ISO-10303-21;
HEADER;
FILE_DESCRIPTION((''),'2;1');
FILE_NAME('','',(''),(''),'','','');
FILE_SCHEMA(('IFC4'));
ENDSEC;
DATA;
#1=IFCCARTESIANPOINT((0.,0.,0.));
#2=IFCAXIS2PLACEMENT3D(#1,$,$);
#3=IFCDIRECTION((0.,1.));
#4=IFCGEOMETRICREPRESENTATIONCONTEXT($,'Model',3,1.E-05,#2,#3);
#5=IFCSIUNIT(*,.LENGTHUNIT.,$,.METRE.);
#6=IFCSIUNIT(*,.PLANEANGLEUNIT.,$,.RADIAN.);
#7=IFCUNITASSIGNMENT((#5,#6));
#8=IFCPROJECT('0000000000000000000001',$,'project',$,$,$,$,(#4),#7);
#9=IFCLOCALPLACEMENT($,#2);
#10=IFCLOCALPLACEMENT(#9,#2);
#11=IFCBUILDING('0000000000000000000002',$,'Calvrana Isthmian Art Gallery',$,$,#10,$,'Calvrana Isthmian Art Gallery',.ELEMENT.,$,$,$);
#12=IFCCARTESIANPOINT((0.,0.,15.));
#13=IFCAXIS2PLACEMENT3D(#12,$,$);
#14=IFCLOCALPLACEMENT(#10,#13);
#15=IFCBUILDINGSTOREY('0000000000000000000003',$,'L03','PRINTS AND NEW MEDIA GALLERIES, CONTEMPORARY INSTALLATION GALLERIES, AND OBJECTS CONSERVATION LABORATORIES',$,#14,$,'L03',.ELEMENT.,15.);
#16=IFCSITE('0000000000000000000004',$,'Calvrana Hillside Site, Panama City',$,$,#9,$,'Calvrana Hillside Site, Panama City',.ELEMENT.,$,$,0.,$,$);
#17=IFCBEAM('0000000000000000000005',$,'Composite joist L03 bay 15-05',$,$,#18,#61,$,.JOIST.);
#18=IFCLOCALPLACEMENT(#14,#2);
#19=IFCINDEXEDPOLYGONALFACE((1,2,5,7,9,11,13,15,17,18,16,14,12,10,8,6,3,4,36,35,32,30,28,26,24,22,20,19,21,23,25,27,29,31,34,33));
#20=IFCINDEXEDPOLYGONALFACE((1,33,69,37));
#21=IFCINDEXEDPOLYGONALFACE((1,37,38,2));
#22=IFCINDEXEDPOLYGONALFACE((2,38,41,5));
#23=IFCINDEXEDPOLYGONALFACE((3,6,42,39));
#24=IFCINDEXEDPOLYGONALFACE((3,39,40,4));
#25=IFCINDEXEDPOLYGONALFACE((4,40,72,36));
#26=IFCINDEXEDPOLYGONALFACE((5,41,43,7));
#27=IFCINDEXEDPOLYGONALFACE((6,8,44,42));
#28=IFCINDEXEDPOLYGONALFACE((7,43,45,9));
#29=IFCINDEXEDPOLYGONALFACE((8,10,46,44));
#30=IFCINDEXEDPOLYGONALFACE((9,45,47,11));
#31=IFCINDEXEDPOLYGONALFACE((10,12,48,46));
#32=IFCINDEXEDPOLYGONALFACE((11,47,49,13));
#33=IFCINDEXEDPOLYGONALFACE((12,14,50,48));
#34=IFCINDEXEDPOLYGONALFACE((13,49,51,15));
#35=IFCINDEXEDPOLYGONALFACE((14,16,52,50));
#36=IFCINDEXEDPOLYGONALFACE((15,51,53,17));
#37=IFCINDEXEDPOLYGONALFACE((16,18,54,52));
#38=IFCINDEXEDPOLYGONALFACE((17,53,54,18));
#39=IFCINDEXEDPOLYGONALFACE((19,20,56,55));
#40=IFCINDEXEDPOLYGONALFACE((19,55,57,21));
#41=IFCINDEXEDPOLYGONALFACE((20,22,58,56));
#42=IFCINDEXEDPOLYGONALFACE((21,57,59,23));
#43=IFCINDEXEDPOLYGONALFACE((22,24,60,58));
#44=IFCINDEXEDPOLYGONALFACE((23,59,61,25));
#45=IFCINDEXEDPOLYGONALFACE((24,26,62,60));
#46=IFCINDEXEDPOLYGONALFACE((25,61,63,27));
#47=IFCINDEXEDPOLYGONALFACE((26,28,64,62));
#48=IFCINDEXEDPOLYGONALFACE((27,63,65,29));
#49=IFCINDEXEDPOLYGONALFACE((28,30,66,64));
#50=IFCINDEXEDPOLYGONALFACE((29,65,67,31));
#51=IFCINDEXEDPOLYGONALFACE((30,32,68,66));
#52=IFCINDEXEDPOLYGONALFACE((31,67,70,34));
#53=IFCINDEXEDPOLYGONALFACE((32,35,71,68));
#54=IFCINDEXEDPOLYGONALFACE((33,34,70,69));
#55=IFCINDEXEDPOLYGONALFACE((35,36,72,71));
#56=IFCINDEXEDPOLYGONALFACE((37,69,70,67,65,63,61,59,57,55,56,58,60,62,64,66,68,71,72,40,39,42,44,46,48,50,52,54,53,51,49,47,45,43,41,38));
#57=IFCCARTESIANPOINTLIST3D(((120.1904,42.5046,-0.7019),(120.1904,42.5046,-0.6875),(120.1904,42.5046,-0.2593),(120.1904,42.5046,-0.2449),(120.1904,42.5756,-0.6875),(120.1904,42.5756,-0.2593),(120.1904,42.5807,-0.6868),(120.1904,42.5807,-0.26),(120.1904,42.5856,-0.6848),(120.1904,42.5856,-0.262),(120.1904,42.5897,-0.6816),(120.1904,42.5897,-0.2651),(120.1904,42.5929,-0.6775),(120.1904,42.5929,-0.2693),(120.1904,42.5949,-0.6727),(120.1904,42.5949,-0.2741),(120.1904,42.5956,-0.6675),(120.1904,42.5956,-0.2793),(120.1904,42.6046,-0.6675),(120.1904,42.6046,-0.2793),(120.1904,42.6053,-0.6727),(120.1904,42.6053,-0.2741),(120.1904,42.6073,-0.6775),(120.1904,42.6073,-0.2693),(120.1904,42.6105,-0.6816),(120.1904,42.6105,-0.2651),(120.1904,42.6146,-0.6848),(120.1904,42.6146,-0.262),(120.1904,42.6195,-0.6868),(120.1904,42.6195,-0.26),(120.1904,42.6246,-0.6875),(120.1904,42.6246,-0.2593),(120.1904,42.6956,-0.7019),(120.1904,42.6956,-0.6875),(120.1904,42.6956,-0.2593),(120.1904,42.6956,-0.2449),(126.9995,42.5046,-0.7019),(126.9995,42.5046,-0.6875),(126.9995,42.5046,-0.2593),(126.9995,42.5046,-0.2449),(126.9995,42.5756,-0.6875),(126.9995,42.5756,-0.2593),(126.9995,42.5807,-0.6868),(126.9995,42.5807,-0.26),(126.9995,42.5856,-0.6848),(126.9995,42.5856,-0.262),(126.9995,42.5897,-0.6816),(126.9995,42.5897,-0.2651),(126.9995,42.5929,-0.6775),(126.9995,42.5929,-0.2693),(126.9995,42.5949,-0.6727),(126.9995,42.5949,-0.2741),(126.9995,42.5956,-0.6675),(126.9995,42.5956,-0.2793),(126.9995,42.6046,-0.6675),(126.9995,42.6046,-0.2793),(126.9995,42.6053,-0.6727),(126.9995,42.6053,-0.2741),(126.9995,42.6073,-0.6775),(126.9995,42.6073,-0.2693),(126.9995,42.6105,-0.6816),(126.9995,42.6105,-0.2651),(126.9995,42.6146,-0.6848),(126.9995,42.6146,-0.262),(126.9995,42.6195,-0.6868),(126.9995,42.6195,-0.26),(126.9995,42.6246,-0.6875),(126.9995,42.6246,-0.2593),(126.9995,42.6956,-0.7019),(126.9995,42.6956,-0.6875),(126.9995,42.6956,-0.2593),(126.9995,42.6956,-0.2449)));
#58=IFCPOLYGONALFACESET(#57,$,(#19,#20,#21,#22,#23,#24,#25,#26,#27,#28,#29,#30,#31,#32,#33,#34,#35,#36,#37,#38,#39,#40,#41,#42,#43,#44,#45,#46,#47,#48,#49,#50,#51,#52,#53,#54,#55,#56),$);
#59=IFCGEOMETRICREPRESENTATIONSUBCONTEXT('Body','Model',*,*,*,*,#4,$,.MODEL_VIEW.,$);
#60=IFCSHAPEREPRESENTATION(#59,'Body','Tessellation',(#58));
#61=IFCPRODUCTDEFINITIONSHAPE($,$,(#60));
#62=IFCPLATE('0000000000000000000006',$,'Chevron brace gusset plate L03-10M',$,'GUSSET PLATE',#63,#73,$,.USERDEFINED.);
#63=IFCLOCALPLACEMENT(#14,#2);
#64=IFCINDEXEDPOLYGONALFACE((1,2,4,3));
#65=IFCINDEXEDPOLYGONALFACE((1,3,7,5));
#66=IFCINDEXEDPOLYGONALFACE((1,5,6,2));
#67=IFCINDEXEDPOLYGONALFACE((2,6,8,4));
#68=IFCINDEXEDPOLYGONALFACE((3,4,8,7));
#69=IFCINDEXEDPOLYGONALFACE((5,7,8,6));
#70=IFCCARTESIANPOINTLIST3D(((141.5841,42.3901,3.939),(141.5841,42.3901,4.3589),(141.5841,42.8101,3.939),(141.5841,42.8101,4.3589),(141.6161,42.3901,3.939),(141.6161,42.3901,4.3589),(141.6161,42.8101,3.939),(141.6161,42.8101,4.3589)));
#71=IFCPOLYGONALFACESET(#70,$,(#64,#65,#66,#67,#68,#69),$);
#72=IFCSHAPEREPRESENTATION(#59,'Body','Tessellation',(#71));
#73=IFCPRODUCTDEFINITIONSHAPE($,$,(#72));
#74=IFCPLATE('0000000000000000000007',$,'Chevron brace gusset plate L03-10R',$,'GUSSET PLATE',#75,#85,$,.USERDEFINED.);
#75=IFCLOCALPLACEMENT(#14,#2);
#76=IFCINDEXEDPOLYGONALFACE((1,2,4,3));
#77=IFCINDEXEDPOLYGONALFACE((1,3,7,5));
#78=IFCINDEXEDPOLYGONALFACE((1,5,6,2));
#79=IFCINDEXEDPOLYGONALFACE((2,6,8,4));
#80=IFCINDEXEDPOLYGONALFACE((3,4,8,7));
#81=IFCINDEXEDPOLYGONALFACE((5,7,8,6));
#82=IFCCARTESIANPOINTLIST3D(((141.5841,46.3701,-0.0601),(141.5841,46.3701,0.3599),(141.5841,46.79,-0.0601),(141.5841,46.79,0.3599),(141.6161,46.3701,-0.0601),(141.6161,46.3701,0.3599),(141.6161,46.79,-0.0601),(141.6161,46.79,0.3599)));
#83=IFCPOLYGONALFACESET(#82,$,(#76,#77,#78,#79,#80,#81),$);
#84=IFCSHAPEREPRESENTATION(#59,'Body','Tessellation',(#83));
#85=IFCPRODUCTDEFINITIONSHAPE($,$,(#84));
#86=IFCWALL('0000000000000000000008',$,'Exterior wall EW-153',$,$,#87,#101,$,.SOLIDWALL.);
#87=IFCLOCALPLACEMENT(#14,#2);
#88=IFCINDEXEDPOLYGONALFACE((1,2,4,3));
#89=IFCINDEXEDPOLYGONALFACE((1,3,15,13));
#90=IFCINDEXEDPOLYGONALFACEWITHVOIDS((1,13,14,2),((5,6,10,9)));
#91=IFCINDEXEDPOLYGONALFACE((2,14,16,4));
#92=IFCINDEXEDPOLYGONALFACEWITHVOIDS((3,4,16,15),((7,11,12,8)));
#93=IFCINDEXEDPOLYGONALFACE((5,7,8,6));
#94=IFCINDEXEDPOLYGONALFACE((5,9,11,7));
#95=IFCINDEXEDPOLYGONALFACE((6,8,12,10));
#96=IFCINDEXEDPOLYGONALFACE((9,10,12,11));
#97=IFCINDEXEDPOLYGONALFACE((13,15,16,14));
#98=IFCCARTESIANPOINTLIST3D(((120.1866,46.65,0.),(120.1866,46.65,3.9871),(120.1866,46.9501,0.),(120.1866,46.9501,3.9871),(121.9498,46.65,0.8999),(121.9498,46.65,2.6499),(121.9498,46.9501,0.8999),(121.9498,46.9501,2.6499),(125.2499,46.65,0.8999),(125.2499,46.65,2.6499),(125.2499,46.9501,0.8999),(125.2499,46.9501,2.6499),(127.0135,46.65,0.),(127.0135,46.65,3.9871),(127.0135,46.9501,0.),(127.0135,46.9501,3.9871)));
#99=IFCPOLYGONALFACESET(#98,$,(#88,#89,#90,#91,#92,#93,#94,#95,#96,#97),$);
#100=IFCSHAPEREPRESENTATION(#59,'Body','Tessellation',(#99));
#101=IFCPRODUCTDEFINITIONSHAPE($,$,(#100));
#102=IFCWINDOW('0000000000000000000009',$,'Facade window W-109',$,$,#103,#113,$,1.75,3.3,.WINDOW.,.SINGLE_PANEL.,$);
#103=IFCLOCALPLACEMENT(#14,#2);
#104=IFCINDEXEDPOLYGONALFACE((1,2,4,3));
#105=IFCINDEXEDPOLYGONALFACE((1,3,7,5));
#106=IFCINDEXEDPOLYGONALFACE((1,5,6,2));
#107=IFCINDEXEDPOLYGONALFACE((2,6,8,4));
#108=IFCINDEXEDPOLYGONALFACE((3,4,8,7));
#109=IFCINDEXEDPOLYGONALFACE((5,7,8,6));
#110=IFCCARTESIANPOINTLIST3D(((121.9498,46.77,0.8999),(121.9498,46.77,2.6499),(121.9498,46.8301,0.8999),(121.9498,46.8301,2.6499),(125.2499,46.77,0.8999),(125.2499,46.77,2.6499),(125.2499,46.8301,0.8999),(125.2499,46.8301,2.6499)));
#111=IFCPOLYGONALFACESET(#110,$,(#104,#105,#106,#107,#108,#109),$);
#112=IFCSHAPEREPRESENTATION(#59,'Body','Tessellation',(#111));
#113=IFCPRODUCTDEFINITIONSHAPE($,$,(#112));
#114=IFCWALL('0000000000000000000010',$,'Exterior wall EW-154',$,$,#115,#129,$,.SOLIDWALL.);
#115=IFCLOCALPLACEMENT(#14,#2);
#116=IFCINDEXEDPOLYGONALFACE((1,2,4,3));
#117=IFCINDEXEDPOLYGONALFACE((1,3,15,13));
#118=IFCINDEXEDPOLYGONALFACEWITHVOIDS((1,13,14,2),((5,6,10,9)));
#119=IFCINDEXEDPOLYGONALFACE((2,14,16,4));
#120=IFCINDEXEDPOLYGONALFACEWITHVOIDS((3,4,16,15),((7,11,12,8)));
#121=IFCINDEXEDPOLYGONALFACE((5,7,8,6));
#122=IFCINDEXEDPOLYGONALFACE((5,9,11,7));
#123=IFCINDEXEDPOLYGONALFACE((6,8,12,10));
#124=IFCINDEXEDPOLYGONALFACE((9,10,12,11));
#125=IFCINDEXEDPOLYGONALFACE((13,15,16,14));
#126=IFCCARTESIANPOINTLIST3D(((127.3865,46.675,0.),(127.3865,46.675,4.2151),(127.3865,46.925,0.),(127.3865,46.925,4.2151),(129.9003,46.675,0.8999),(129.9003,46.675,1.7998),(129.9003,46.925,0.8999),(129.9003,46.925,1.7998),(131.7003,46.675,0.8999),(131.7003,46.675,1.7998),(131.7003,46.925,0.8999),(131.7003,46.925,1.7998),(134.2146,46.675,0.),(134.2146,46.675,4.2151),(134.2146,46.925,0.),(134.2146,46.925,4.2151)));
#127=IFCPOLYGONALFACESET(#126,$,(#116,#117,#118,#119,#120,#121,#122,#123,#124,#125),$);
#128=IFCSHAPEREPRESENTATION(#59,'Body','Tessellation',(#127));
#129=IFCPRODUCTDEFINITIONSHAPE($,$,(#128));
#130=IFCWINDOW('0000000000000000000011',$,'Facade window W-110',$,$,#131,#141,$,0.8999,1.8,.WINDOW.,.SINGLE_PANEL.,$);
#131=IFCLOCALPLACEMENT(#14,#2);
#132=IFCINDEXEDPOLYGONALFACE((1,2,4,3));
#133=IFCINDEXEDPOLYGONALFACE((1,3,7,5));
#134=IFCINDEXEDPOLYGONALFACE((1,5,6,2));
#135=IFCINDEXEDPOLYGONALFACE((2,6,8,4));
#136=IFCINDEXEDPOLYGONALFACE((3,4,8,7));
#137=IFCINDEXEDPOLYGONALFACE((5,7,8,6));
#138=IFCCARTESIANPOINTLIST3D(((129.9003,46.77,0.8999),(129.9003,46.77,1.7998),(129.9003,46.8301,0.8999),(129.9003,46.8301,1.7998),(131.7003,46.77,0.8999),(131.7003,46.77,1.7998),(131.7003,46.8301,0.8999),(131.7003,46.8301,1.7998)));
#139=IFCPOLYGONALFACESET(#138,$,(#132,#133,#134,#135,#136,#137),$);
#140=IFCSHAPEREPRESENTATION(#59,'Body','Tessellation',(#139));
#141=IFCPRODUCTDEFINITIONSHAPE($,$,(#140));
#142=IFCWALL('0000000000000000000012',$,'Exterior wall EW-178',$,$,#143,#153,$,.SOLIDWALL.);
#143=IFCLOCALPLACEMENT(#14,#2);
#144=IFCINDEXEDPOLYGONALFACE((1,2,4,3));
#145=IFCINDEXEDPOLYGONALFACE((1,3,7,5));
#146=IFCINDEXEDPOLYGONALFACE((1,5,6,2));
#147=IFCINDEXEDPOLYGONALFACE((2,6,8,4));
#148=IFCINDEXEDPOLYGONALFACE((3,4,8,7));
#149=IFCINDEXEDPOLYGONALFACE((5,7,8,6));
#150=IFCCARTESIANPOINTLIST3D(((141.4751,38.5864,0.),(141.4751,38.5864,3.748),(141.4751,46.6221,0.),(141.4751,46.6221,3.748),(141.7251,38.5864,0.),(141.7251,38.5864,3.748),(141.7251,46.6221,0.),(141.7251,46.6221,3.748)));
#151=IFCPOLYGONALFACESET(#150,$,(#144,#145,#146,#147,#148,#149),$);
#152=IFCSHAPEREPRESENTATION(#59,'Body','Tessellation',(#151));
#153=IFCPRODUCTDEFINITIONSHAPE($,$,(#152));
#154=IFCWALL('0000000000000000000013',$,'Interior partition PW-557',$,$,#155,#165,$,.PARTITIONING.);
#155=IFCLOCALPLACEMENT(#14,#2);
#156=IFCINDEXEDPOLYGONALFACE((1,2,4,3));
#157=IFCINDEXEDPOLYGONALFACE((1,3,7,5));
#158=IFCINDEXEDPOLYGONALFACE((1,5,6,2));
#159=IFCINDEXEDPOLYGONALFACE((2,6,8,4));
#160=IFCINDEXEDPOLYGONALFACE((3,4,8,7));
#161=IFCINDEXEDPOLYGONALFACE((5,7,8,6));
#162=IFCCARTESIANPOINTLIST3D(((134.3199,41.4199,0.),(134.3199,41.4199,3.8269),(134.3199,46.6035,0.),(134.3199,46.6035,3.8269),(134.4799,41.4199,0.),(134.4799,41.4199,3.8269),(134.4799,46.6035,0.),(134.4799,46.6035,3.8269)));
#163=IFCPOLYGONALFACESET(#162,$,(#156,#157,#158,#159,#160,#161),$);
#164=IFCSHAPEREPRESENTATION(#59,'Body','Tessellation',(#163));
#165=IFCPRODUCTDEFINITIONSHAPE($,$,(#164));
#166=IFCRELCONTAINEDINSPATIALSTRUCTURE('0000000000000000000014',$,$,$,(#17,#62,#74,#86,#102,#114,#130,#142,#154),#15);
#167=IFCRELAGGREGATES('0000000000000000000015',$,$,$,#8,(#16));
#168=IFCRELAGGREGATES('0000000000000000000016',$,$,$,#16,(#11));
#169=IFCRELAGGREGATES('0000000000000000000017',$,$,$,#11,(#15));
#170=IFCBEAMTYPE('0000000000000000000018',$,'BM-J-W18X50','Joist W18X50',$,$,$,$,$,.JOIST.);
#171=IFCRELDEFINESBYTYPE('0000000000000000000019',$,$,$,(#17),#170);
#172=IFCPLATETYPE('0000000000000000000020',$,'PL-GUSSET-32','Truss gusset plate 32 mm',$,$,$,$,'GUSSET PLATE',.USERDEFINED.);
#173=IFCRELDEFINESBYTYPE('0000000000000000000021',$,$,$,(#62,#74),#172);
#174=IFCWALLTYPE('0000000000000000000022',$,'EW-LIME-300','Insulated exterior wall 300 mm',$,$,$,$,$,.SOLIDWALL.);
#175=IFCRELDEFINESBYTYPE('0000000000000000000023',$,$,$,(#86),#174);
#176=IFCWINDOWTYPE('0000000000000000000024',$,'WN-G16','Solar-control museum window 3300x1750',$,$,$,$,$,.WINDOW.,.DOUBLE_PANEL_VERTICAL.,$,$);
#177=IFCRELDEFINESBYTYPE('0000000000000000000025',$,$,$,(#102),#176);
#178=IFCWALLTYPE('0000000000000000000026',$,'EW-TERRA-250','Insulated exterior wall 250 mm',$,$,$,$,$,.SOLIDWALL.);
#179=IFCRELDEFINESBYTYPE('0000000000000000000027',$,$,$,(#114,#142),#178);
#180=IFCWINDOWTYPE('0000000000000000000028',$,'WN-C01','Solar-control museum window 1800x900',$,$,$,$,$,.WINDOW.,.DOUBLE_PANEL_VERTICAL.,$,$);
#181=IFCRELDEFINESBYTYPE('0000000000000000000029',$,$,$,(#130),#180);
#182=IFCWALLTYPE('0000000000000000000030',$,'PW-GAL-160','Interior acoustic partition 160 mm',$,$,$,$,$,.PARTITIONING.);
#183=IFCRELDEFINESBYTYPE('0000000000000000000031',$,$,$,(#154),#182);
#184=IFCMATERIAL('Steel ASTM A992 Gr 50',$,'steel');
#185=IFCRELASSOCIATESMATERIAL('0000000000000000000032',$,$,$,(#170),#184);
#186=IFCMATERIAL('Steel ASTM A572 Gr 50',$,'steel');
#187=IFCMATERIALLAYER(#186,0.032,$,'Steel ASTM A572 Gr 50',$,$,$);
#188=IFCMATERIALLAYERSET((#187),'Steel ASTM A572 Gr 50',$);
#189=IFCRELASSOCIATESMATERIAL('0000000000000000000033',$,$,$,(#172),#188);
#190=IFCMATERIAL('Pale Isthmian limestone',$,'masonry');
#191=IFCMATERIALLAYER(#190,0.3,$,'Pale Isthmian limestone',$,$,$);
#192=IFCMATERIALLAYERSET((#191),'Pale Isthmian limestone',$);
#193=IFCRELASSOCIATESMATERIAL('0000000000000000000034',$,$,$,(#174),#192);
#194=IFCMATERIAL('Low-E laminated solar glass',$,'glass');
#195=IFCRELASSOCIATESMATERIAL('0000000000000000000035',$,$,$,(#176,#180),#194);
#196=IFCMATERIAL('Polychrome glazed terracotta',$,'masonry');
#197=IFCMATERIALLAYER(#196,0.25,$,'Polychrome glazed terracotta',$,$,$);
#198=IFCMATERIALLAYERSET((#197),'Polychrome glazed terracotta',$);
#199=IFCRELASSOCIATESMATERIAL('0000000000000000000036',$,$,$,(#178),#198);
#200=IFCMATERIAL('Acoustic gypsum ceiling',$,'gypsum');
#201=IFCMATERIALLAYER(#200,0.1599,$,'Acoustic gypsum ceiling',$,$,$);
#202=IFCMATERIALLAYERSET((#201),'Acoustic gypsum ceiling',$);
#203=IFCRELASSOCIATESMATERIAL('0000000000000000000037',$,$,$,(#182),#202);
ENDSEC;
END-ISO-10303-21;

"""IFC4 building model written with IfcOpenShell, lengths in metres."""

from ifc_helpers import new_model, si_unit, direction, frame, frame_2d, origin, origin_2d, place, context, subcontext, project, spatial, rectangle, i_section, extrude, material, layer, layer_set, material_profile, profile_set, type_object, element, fill, save


model = new_model("IFC4")

# Units and contexts
model_context = context("Model", 3, precision=1e-05, world=origin(), true_north=direction((0.0, 1.0)))
body_context = subcontext(model_context, "Body", "Model", "MODEL_VIEW")
ifc_project = project(units=[si_unit("LENGTHUNIT", "METRE"), si_unit("PLANEANGLEUNIT", "RADIAN")], contexts=[model_context])

# Site, building, storey
site_placement = place(None, origin())
site = spatial("IfcSite", under=ifc_project, at=site_placement, Name="Calvrana Hillside Site, Panama City", LongName="Calvrana Hillside Site, Panama City", CompositionType="ELEMENT", RefElevation=0.0)
building_placement = place(site_placement, origin())
building = spatial("IfcBuilding", under=site, at=building_placement, Name="Calvrana Isthmian Art Gallery", LongName="Calvrana Isthmian Art Gallery", CompositionType="ELEMENT")
storey_placement = place(building_placement, frame((0.0, 0.0, 15.0)))
storey = spatial("IfcBuildingStorey", under=building, at=storey_placement, Name="L03", Description="PRINTS AND NEW MEDIA GALLERIES, CONTEMPORARY INSTALLATION GALLERIES, AND OBJECTS CONSERVATION LABORATORIES", LongName="L03", CompositionType="ELEMENT", Elevation=15.0)

# Shared definitions
ifc_material_1 = material(Name="Steel ASTM A992 Gr 50", Category="steel")

# Beam
ifc_material_profile_1 = material_profile(ifc_material_1, i_section(OverallWidth=0.1909, OverallDepth=0.457, WebThickness=0.009, FlangeThickness=0.0144, FilletRadius=0.02, at=origin_2d()), Name="W18X50")
ifc_profile_set_1 = profile_set([ifc_material_profile_1], Name="Steel ASTM A992 Gr 50")
beam_type_1 = type_object("IfcBeamType", Name="BM-J-W18X50", Description="Joist W18X50", PredefinedType="JOIST", material=ifc_profile_set_1)
beam_1_placement = place(storey_placement, frame((120.1904, 42.6001, -0.4734), z_axis=(1.0, 0.0, 0.0), x_axis=(0.0, 1.0, 0.0)))
element("IfcBeam", 1, at=beam_1_placement, inside=storey, type_object=beam_type_1, Name="Composite joist L03 bay 15-05", PredefinedType="JOIST", context=body_context, shape_type="SweptSolid", body=[
    extrude(i_section(OverallWidth=0.1909, OverallDepth=0.457, WebThickness=0.009, FlangeThickness=0.0144, FilletRadius=0.02, at=origin_2d()), origin(), (0.0, 0.0, 1.0), 6.8091),
])

# Plates
ifc_material_2 = material(Name="Steel ASTM A572 Gr 50", Category="steel")
ifc_layer_1 = layer(ifc_material_2, 0.032, Name="Steel ASTM A572 Gr 50")
ifc_layer_set_1 = layer_set([ifc_layer_1], Name="Steel ASTM A572 Gr 50")
plate_type = type_object("IfcPlateType", Name="PL-GUSSET-32", Description="Truss gusset plate 32 mm", ElementType="GUSSET PLATE", PredefinedType="USERDEFINED", material=ifc_layer_set_1)
for number, where, z_axis, x_axis, name in (
    (2, (141.6001, 42.6001, 3.939), (0.0, 0.0, 1.0), (1.0, 0.0, 0.0), "Chevron brace gusset plate L03-10M"),
    (3, (141.6001, 46.5801, -0.0601), (0.0, 0.0, 1.0), (1.0, 0.0, 0.0), "Chevron brace gusset plate L03-10R"),
):
    element("IfcPlate", number, at=place(storey_placement, frame(where, z_axis=z_axis, x_axis=x_axis)), inside=storey, type_object=plate_type, Name=name, ObjectType="GUSSET PLATE", PredefinedType="USERDEFINED", context=body_context, shape_type="SweptSolid", body=[
        extrude(rectangle(XDim=0.032, YDim=0.4199, at=origin_2d()), origin(), (0.0, 0.0, 1.0), 0.4199),
    ])

# Walls, openings, windows
ifc_material_3 = material(Name="Pale Isthmian limestone", Category="masonry")
ifc_layer_2 = layer(ifc_material_3, 0.3, Name="Pale Isthmian limestone")
ifc_layer_set_2 = layer_set([ifc_layer_2], Name="Pale Isthmian limestone")
wall_type_1 = type_object("IfcWallType", Name="EW-LIME-300", Description="Insulated exterior wall 300 mm", PredefinedType="SOLIDWALL", material=ifc_layer_set_2)
wall_1_placement = place(storey_placement, frame((120.1865, 46.8, 0.0), z_axis=(0.0, 0.0, 1.0), x_axis=(1.0, 0.0, 0.0)))
wall_1 = element("IfcWall", 4, at=wall_1_placement, inside=storey, type_object=wall_type_1, Name="Exterior wall EW-153", PredefinedType="SOLIDWALL", context=body_context, shape_type="SweptSolid", body=[
    extrude(rectangle(XDim=6.8269, YDim=0.3, at=frame_2d((3.4136, 0.0))), origin(), (0.0, 0.0, 1.0), 3.9871),
])
opening_1_placement = place(wall_1_placement, frame((1.7634, 0.0, 0.8999)))
opening_1 = element("IfcOpeningElement", 5, at=opening_1_placement, cuts=wall_1, PredefinedType="OPENING", context=body_context, shape_type="SweptSolid", body=[
    extrude(rectangle(XDim=3.3, YDim=1.75, at=frame_2d((1.6499, 0.875))), frame((0.0, 0.1602, 0.0), z_axis=(0.0, -1.0, 0.0), x_axis=(1.0, 0.0, 0.0)), (0.0, 0.0, 1.0), 0.3206),
])
ifc_material_4 = material(Name="Low-E laminated solar glass", Category="glass")
window_type_1 = type_object("IfcWindowType", Name="WN-G16", Description="Solar-control museum window 3300x1750", PartitioningType="DOUBLE_PANEL_VERTICAL", PredefinedType="WINDOW", material=ifc_material_4)
window_1_placement = place(opening_1_placement, origin())
window_1 = element("IfcWindow", 6, at=window_1_placement, inside=storey, type_object=window_type_1, Name="Facade window W-109", OverallHeight=1.75, OverallWidth=3.3, PartitioningType="SINGLE_PANEL", PredefinedType="WINDOW", context=body_context, shape_type="SweptSolid", body=[
    extrude(rectangle(XDim=3.3, YDim=1.75, at=frame_2d((1.6499, 0.875))), frame((0.0, 0.03, 0.0), z_axis=(0.0, -1.0, 0.0), x_axis=(1.0, 0.0, 0.0)), (0.0, 0.0, 1.0), 0.0601),
])
fill(opening_1, window_1)
ifc_material_5 = material(Name="Polychrome glazed terracotta", Category="masonry")
ifc_layer_3 = layer(ifc_material_5, 0.25, Name="Polychrome glazed terracotta")
ifc_layer_set_3 = layer_set([ifc_layer_3], Name="Polychrome glazed terracotta")
wall_type_2 = type_object("IfcWallType", Name="EW-TERRA-250", Description="Insulated exterior wall 250 mm", PredefinedType="SOLIDWALL", material=ifc_layer_set_3)
wall_2_placement = place(storey_placement, frame((127.3865, 46.8, 0.0), z_axis=(0.0, 0.0, 1.0), x_axis=(1.0, 0.0, 0.0)))
wall_2 = element("IfcWall", 7, at=wall_2_placement, inside=storey, type_object=wall_type_2, Name="Exterior wall EW-154", PredefinedType="SOLIDWALL", context=body_context, shape_type="SweptSolid", body=[
    extrude(rectangle(XDim=6.8281, YDim=0.25, at=frame_2d((3.4141, 0.0))), origin(), (0.0, 0.0, 1.0), 4.2151),
])
opening_2_placement = place(wall_2_placement, frame((2.5139, 0.0, 0.8999)))
opening_2 = element("IfcOpeningElement", 8, at=opening_2_placement, cuts=wall_2, PredefinedType="OPENING", context=body_context, shape_type="SweptSolid", body=[
    extrude(rectangle(XDim=1.8, YDim=0.8999, at=frame_2d((0.8999, 0.45))), frame((0.0, 0.1353, 0.0), z_axis=(0.0, -1.0, 0.0), x_axis=(1.0, 0.0, 0.0)), (0.0, 0.0, 1.0), 0.2705),
])
window_type_2 = type_object("IfcWindowType", Name="WN-C01", Description="Solar-control museum window 1800x900", PartitioningType="DOUBLE_PANEL_VERTICAL", PredefinedType="WINDOW", material=ifc_material_4)
window_2_placement = place(opening_2_placement, origin())
window_2 = element("IfcWindow", 9, at=window_2_placement, inside=storey, type_object=window_type_2, Name="Facade window W-110", OverallHeight=0.8999, OverallWidth=1.8, PartitioningType="SINGLE_PANEL", PredefinedType="WINDOW", context=body_context, shape_type="SweptSolid", body=[
    extrude(rectangle(XDim=1.8, YDim=0.8999, at=frame_2d((0.8999, 0.45))), frame((0.0, 0.03, 0.0), z_axis=(0.0, -1.0, 0.0), x_axis=(1.0, 0.0, 0.0)), (0.0, 0.0, 1.0), 0.0601),
])
fill(opening_2, window_2)

# Walls
wall_3_placement = place(storey_placement, frame((141.6001, 46.6221, 0.0), z_axis=(0.0, 0.0, 1.0), x_axis=(0.0, -1.0, 0.0)))
element("IfcWall", 10, at=wall_3_placement, inside=storey, type_object=wall_type_2, Name="Exterior wall EW-178", PredefinedType="SOLIDWALL", context=body_context, shape_type="SweptSolid", body=[
    extrude(rectangle(XDim=8.0356, YDim=0.25, at=frame_2d((4.0178, 0.0))), origin(), (0.0, 0.0, 1.0), 3.748),
])
ifc_material_6 = material(Name="Acoustic gypsum ceiling", Category="gypsum")
ifc_layer_4 = layer(ifc_material_6, 0.1599, Name="Acoustic gypsum ceiling")
ifc_layer_set_4 = layer_set([ifc_layer_4], Name="Acoustic gypsum ceiling")
wall_type_3 = type_object("IfcWallType", Name="PW-GAL-160", Description="Interior acoustic partition 160 mm", PredefinedType="PARTITIONING", material=ifc_layer_set_4)
wall_4_placement = place(storey_placement, frame((134.3999, 41.4199, 0.0), z_axis=(0.0, 0.0, 1.0), x_axis=(0.0, 1.0, 0.0)))
element("IfcWall", 11, at=wall_4_placement, inside=storey, type_object=wall_type_3, Name="Interior partition PW-557", PredefinedType="PARTITIONING", context=body_context, shape_type="SweptSolid", body=[
    extrude(rectangle(XDim=5.1836, YDim=0.1599, at=frame_2d((2.5918, 0.0))), origin(), (0.0, 0.0, 1.0), 3.8269),
])

save(model, "model.ifc")
